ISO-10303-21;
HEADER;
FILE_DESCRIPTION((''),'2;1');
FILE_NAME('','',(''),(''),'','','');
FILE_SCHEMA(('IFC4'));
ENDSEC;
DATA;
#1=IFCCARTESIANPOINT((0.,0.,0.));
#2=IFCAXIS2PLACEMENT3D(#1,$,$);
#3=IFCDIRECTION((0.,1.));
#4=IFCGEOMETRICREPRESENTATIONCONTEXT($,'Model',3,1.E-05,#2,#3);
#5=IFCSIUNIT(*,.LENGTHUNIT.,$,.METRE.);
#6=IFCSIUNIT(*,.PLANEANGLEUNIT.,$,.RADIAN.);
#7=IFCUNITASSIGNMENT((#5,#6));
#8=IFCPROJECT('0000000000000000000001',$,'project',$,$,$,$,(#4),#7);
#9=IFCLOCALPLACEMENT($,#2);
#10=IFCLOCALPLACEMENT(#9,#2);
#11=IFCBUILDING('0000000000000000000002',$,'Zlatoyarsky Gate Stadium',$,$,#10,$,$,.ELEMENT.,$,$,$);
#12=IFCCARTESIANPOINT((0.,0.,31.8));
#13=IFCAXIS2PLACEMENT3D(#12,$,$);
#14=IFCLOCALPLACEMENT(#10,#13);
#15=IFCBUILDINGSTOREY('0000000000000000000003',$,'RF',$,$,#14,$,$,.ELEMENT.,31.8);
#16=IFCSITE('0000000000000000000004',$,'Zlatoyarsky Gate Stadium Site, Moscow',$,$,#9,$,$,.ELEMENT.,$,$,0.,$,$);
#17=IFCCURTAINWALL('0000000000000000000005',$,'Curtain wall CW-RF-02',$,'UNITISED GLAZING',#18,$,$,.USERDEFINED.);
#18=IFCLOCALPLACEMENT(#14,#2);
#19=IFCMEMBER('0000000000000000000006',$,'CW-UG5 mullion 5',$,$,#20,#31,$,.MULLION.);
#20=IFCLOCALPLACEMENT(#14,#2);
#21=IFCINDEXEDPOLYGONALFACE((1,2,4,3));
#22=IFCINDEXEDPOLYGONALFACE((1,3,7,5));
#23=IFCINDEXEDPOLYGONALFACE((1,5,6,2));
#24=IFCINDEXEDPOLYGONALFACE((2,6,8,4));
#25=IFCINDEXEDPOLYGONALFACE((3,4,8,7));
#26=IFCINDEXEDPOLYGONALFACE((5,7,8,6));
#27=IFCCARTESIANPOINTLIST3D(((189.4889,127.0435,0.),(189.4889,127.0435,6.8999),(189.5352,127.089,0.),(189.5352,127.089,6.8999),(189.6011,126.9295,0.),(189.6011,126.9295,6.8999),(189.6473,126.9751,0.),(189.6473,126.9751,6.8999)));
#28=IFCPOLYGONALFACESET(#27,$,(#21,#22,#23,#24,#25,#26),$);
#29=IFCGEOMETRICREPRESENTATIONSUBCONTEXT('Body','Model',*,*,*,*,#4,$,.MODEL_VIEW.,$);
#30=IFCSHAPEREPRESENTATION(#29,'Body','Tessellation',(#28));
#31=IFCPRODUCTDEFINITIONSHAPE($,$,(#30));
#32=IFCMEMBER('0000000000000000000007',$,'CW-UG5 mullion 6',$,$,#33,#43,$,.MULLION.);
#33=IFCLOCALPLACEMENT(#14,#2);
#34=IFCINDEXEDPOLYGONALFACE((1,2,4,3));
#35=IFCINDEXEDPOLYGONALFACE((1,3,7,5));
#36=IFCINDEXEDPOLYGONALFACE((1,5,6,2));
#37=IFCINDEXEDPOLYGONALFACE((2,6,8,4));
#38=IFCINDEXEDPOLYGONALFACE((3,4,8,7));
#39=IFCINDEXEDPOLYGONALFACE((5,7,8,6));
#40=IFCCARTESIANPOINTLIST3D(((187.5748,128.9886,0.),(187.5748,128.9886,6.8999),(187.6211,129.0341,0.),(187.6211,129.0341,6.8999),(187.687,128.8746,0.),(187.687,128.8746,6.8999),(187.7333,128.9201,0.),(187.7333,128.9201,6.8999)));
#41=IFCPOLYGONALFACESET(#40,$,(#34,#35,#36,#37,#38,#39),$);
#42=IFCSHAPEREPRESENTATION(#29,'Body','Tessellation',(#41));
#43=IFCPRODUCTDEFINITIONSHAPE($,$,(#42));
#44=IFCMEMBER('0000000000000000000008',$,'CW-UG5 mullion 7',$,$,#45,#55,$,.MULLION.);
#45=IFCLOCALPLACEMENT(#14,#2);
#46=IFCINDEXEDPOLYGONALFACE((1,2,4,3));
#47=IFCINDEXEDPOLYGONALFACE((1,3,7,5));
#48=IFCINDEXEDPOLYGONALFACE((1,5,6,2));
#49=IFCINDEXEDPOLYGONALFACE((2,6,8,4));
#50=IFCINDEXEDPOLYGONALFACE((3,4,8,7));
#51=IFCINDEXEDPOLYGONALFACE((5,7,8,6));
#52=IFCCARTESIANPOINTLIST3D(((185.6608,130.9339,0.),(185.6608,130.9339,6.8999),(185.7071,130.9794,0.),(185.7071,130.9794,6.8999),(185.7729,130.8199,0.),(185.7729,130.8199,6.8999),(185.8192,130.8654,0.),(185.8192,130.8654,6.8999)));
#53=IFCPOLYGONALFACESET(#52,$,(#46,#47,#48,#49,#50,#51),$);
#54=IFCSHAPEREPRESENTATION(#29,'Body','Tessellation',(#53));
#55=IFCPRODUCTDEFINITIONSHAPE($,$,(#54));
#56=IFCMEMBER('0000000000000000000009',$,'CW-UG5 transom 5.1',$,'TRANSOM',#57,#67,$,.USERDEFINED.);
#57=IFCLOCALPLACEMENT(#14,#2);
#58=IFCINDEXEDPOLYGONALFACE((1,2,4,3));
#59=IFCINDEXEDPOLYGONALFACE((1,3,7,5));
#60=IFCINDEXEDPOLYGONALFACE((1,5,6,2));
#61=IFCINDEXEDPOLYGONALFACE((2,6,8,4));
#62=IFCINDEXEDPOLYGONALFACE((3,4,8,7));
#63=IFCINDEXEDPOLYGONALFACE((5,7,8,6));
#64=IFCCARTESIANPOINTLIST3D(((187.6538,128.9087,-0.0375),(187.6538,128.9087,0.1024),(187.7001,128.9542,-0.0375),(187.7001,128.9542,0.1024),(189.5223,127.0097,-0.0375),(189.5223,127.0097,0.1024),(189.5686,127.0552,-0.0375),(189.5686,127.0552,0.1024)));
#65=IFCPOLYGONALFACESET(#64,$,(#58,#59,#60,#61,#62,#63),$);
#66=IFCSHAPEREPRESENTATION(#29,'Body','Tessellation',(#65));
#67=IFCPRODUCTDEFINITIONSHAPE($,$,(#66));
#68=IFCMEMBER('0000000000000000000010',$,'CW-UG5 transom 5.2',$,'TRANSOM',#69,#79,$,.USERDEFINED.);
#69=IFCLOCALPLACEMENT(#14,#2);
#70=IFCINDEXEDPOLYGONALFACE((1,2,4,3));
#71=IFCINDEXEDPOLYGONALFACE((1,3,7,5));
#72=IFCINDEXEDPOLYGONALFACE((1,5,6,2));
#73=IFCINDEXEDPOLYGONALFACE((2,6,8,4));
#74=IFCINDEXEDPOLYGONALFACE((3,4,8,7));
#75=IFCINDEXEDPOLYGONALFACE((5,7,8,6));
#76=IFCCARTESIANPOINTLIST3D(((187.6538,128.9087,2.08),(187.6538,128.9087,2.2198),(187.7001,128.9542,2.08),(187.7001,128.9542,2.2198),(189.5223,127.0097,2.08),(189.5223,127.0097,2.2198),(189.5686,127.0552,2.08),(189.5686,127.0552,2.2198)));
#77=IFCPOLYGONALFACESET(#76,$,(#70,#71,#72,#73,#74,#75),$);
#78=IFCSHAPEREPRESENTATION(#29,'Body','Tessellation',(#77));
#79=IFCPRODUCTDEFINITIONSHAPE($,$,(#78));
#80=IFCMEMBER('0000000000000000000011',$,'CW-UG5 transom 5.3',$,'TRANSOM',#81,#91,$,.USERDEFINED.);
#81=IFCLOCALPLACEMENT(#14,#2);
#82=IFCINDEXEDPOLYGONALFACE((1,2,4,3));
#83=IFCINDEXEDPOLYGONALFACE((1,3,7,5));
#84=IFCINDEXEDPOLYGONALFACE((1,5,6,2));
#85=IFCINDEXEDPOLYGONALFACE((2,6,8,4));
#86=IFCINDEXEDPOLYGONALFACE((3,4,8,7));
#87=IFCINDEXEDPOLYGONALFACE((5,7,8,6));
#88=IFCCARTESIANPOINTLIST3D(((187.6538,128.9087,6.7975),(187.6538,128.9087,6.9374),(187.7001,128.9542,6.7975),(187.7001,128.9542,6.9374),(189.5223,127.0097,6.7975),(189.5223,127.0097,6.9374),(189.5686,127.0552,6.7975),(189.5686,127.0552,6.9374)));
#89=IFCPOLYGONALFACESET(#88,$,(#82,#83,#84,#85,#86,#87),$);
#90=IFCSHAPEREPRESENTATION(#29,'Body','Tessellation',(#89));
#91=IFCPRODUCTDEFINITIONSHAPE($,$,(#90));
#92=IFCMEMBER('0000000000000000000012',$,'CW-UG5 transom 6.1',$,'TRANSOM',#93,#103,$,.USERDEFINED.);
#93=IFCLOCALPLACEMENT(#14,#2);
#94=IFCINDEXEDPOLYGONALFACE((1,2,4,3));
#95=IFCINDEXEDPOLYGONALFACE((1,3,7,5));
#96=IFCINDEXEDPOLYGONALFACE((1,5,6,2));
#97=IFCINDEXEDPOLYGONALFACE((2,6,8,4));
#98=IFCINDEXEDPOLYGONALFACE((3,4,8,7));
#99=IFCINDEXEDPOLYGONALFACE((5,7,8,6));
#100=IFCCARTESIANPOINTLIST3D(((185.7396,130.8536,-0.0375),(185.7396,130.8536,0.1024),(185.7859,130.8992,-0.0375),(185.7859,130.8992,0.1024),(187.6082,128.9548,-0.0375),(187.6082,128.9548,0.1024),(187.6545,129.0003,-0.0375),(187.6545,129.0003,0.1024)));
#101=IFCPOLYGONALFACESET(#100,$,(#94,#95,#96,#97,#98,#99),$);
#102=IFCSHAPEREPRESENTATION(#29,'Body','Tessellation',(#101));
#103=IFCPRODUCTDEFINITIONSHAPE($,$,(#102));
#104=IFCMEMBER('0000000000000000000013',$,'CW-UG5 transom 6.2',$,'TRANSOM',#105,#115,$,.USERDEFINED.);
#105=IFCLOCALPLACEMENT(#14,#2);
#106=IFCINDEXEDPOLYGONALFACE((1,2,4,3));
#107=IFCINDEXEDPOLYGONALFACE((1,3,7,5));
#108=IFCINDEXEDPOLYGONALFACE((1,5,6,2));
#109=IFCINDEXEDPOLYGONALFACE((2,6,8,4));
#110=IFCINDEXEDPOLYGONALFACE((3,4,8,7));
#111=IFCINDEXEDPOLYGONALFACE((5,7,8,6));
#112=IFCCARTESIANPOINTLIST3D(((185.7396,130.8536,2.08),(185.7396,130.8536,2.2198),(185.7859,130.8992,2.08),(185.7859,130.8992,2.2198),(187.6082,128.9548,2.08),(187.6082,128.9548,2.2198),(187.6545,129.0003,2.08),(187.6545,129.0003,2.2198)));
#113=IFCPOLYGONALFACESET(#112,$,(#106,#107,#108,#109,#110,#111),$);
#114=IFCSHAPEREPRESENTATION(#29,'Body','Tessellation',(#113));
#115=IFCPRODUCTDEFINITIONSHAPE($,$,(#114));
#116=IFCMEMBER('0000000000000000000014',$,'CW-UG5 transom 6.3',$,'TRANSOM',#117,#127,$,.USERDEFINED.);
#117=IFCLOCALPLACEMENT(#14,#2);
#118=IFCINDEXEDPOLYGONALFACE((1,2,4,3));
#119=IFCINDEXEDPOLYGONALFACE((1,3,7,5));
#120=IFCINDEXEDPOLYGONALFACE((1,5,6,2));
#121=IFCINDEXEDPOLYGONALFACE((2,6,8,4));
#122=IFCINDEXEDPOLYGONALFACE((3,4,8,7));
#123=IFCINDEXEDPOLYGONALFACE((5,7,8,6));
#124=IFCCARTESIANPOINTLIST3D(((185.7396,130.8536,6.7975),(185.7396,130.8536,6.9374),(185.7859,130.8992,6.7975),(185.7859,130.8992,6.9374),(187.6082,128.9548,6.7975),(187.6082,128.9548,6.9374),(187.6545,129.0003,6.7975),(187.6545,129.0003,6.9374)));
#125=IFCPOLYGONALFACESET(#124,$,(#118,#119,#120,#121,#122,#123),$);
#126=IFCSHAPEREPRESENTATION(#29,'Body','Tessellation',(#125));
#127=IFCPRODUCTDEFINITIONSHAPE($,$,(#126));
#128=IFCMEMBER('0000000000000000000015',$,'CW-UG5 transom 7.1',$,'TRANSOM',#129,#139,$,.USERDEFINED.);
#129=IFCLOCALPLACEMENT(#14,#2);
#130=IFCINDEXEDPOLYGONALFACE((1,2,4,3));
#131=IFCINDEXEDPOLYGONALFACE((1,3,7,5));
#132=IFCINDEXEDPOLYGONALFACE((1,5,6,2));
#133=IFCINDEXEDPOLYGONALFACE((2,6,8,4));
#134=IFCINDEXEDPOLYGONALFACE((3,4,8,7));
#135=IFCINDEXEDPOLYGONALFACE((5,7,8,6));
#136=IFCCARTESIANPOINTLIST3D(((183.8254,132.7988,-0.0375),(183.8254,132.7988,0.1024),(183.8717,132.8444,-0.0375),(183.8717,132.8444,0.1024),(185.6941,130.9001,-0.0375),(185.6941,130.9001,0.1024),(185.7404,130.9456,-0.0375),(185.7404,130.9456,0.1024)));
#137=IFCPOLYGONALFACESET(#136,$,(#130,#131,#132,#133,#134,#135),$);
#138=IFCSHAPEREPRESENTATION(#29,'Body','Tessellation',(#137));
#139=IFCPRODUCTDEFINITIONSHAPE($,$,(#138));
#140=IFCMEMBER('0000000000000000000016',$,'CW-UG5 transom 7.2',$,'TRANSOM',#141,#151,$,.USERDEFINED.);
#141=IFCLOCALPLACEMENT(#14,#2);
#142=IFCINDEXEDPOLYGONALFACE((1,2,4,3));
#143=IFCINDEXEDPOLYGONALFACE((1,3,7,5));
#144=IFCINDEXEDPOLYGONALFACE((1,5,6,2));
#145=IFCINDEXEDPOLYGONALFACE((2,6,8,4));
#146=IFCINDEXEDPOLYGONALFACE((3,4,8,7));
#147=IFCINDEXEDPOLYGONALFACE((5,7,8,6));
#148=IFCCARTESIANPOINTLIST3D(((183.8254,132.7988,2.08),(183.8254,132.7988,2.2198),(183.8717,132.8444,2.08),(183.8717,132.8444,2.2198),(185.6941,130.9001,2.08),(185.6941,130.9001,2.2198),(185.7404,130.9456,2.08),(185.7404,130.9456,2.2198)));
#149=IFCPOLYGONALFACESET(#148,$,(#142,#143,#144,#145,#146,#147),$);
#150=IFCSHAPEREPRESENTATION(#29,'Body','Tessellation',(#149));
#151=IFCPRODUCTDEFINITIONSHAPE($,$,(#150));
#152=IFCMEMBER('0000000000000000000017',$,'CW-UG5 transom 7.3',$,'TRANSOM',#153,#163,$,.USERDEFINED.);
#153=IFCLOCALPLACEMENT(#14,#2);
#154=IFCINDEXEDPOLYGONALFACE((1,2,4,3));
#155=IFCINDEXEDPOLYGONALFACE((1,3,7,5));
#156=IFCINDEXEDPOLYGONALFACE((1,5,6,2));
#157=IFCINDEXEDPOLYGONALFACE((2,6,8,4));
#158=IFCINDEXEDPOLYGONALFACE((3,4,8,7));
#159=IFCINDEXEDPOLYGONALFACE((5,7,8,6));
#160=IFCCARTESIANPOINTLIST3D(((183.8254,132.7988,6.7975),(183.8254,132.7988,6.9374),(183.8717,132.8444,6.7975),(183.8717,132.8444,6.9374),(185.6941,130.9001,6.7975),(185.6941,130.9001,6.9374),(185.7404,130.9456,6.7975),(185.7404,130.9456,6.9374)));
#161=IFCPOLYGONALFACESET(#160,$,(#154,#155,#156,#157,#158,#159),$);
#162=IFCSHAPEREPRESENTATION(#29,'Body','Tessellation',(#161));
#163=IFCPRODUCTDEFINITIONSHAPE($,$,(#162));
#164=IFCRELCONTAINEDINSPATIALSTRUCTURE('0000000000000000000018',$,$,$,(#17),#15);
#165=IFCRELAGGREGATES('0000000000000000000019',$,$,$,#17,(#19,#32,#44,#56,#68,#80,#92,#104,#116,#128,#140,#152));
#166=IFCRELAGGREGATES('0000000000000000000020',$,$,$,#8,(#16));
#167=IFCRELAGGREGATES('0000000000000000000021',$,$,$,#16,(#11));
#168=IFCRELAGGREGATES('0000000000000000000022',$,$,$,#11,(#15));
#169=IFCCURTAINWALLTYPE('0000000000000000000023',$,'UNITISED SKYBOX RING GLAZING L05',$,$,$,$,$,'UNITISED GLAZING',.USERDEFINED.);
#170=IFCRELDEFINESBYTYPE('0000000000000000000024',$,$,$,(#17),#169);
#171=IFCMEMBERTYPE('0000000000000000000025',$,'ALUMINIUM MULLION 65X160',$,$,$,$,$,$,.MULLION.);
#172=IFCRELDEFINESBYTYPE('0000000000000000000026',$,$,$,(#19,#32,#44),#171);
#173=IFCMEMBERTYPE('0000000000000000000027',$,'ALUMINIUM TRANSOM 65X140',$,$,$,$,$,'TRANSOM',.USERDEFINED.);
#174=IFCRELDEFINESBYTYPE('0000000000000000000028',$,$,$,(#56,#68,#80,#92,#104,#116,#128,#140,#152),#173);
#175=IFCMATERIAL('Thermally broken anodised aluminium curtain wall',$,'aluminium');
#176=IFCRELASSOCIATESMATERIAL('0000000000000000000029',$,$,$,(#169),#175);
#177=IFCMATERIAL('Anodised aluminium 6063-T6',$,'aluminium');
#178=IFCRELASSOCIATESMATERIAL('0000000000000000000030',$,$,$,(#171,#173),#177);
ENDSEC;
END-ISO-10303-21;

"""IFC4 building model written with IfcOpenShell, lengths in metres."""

from ifc_helpers import new_model, si_unit, direction, frame, origin, origin_2d, place, context, subcontext, project, spatial, rectangle, extrude, material, material_profile, profile_set, type_object, element, aggregate, save


model = new_model("IFC4")

# Units and contexts
model_context = context("Model", 3, precision=1e-05, world=origin(), true_north=direction((0.0, 1.0)))
body_context = subcontext(model_context, "Body", "Model", "MODEL_VIEW")
ifc_project = project(units=[si_unit("LENGTHUNIT", "METRE"), si_unit("PLANEANGLEUNIT", "RADIAN")], contexts=[model_context])

# Site, building, storey
site_placement = place(None, origin())
site = spatial("IfcSite", under=ifc_project, at=site_placement, Name="Zlatoyarsky Gate Stadium Site, Moscow", CompositionType="ELEMENT", RefElevation=0.0)
building_placement = place(site_placement, origin())
building = spatial("IfcBuilding", under=site, at=building_placement, Name="Zlatoyarsky Gate Stadium", CompositionType="ELEMENT")
storey_placement = place(building_placement, frame((0.0, 0.0, 31.8)))
storey = spatial("IfcBuildingStorey", under=building, at=storey_placement, Name="RF", CompositionType="ELEMENT", Elevation=31.8)

# Curtain wall, members
ifc_material_1 = material(Name="Thermally broken anodised aluminium curtain wall", Category="aluminium")
curtain_wall_type = type_object("IfcCurtainWallType", Name="UNITISED SKYBOX RING GLAZING L05", ElementType="UNITISED GLAZING", PredefinedType="USERDEFINED", material=ifc_material_1)
curtain_wall_placement = place(storey_placement, origin())
curtain_wall = element("IfcCurtainWall", 1, at=curtain_wall_placement, inside=storey, type_object=curtain_wall_type, Name="Curtain wall CW-RF-02", ObjectType="UNITISED GLAZING", PredefinedType="USERDEFINED")
ifc_material_2 = material(Name="Anodised aluminium 6063-T6", Category="aluminium")
ifc_material_profile_1 = material_profile(ifc_material_2, rectangle(XDim=0.0649, YDim=0.1599, at=origin_2d()), Name="ALU 65X160")
ifc_profile_set_1 = profile_set([ifc_material_profile_1], Name="Anodised aluminium 6063-T6")
member_type_1 = type_object("IfcMemberType", Name="ALUMINIUM MULLION 65X160", PredefinedType="MULLION", material=ifc_profile_set_1)
member_1_placement = place(storey_placement, frame((189.5681, 127.0093, 0.0), z_axis=(0.0, 0.0, 1.0), x_axis=(-0.712766, -0.701402, 0.0)))
member_1 = element("IfcMember", 2, at=member_1_placement, type_object=member_type_1, Name="CW-UG5 mullion 5", PredefinedType="MULLION", context=body_context, shape_type="SweptSolid", body=[
    extrude(rectangle(XDim=0.0649, YDim=0.1599, at=origin_2d()), origin(), (0.0, 0.0, 1.0), 6.8999),
])
member_2_placement = place(storey_placement, frame((187.6541, 128.9543, 0.0), z_axis=(0.0, 0.0, 1.0), x_axis=(-0.712766, -0.701402, 0.0)))
member_2 = element("IfcMember", 3, at=member_2_placement, type_object=member_type_1, Name="CW-UG5 mullion 6", PredefinedType="MULLION", context=body_context, shape_type="SweptSolid", body=[
    extrude(rectangle(XDim=0.0649, YDim=0.1599, at=origin_2d()), origin(), (0.0, 0.0, 1.0), 6.8999),
])
member_3_placement = place(storey_placement, frame((185.74, 130.8997, 0.0), z_axis=(0.0, 0.0, 1.0), x_axis=(-0.712766, -0.701402, 0.0)))
member_3 = element("IfcMember", 4, at=member_3_placement, type_object=member_type_1, Name="CW-UG5 mullion 7", PredefinedType="MULLION", context=body_context, shape_type="SweptSolid", body=[
    extrude(rectangle(XDim=0.0649, YDim=0.1599, at=origin_2d()), origin(), (0.0, 0.0, 1.0), 6.8999),
])
ifc_material_profile_2 = material_profile(ifc_material_2, rectangle(XDim=0.0649, YDim=0.1399, at=origin_2d()), Name="ALU 65X140")
ifc_profile_set_2 = profile_set([ifc_material_profile_2], Name="Anodised aluminium 6063-T6")
member_type_2 = type_object("IfcMemberType", Name="ALUMINIUM TRANSOM 65X140", ElementType="TRANSOM", PredefinedType="USERDEFINED", material=ifc_profile_set_2)
member_4_placement = place(storey_placement, frame((189.5454, 127.0325, 0.0325), z_axis=(-0.701356, 0.712811, 0.0), x_axis=(-0.712811, -0.701356, 0.0)))
member_4 = element("IfcMember", 5, at=member_4_placement, type_object=member_type_2, Name="CW-UG5 transom 5.1", ObjectType="TRANSOM", PredefinedType="USERDEFINED", context=body_context, shape_type="SweptSolid", body=[
    extrude(rectangle(XDim=0.0649, YDim=0.1399, at=origin_2d()), origin(), (0.0, 0.0, 1.0), 2.6641),
])
member_5_placement = place(storey_placement, frame((189.5454, 127.0325, 2.1499), z_axis=(-0.701356, 0.712811, 0.0), x_axis=(-0.712811, -0.701356, 0.0)))
member_5 = element("IfcMember", 6, at=member_5_placement, type_object=member_type_2, Name="CW-UG5 transom 5.2", ObjectType="TRANSOM", PredefinedType="USERDEFINED", context=body_context, shape_type="SweptSolid", body=[
    extrude(rectangle(XDim=0.0649, YDim=0.1399, at=origin_2d()), origin(), (0.0, 0.0, 1.0), 2.6641),
])
member_6_placement = place(storey_placement, frame((189.5454, 127.0325, 6.8674), z_axis=(-0.701356, 0.712811, 0.0), x_axis=(-0.712811, -0.701356, 0.0)))
member_6 = element("IfcMember", 7, at=member_6_placement, type_object=member_type_2, Name="CW-UG5 transom 5.3", ObjectType="TRANSOM", PredefinedType="USERDEFINED", context=body_context, shape_type="SweptSolid", body=[
    extrude(rectangle(XDim=0.0649, YDim=0.1399, at=origin_2d()), origin(), (0.0, 0.0, 1.0), 2.6641),
])
member_7_placement = place(storey_placement, frame((187.6313, 128.9775, 0.0325), z_axis=(-0.701402, 0.712766, 0.0), x_axis=(-0.712766, -0.701402, 0.0)))
member_7 = element("IfcMember", 8, at=member_7_placement, type_object=member_type_2, Name="CW-UG5 transom 6.1", ObjectType="TRANSOM", PredefinedType="USERDEFINED", context=body_context, shape_type="SweptSolid", body=[
    extrude(rectangle(XDim=0.0649, YDim=0.1399, at=origin_2d()), origin(), (0.0, 0.0, 1.0), 2.6641),
])
member_8_placement = place(storey_placement, frame((187.6313, 128.9775, 2.1499), z_axis=(-0.701402, 0.712766, 0.0), x_axis=(-0.712766, -0.701402, 0.0)))
member_8 = element("IfcMember", 9, at=member_8_placement, type_object=member_type_2, Name="CW-UG5 transom 6.2", ObjectType="TRANSOM", PredefinedType="USERDEFINED", context=body_context, shape_type="SweptSolid", body=[
    extrude(rectangle(XDim=0.0649, YDim=0.1399, at=origin_2d()), origin(), (0.0, 0.0, 1.0), 2.6641),
])
member_9_placement = place(storey_placement, frame((187.6313, 128.9775, 6.8674), z_axis=(-0.701402, 0.712766, 0.0), x_axis=(-0.712766, -0.701402, 0.0)))
member_9 = element("IfcMember", 10, at=member_9_placement, type_object=member_type_2, Name="CW-UG5 transom 6.3", ObjectType="TRANSOM", PredefinedType="USERDEFINED", context=body_context, shape_type="SweptSolid", body=[
    extrude(rectangle(XDim=0.0649, YDim=0.1399, at=origin_2d()), origin(), (0.0, 0.0, 1.0), 2.6641),
])
member_10_placement = place(storey_placement, frame((185.7173, 130.9229, 0.0325), z_axis=(-0.701448, 0.71272, 0.0), x_axis=(-0.71272, -0.701448, 0.0)))
member_10 = element("IfcMember", 11, at=member_10_placement, type_object=member_type_2, Name="CW-UG5 transom 7.1", ObjectType="TRANSOM", PredefinedType="USERDEFINED", context=body_context, shape_type="SweptSolid", body=[
    extrude(rectangle(XDim=0.0649, YDim=0.1399, at=origin_2d()), origin(), (0.0, 0.0, 1.0), 2.6641),
])
member_11_placement = place(storey_placement, frame((185.7173, 130.9229, 2.1499), z_axis=(-0.701448, 0.71272, 0.0), x_axis=(-0.71272, -0.701448, 0.0)))
member_11 = element("IfcMember", 12, at=member_11_placement, type_object=member_type_2, Name="CW-UG5 transom 7.2", ObjectType="TRANSOM", PredefinedType="USERDEFINED", context=body_context, shape_type="SweptSolid", body=[
    extrude(rectangle(XDim=0.0649, YDim=0.1399, at=origin_2d()), origin(), (0.0, 0.0, 1.0), 2.6641),
])
member_12_placement = place(storey_placement, frame((185.7173, 130.9229, 6.8674), z_axis=(-0.701448, 0.71272, 0.0), x_axis=(-0.71272, -0.701448, 0.0)))
member_12 = element("IfcMember", 13, at=member_12_placement, type_object=member_type_2, Name="CW-UG5 transom 7.3", ObjectType="TRANSOM", PredefinedType="USERDEFINED", context=body_context, shape_type="SweptSolid", body=[
    extrude(rectangle(XDim=0.0649, YDim=0.1399, at=origin_2d()), origin(), (0.0, 0.0, 1.0), 2.6641),
])

aggregate(curtain_wall, [member_1, member_2, member_3, member_4, member_5, member_6, member_7, member_8, member_9, member_10, member_11, member_12])

save(model, "model.ifc")
